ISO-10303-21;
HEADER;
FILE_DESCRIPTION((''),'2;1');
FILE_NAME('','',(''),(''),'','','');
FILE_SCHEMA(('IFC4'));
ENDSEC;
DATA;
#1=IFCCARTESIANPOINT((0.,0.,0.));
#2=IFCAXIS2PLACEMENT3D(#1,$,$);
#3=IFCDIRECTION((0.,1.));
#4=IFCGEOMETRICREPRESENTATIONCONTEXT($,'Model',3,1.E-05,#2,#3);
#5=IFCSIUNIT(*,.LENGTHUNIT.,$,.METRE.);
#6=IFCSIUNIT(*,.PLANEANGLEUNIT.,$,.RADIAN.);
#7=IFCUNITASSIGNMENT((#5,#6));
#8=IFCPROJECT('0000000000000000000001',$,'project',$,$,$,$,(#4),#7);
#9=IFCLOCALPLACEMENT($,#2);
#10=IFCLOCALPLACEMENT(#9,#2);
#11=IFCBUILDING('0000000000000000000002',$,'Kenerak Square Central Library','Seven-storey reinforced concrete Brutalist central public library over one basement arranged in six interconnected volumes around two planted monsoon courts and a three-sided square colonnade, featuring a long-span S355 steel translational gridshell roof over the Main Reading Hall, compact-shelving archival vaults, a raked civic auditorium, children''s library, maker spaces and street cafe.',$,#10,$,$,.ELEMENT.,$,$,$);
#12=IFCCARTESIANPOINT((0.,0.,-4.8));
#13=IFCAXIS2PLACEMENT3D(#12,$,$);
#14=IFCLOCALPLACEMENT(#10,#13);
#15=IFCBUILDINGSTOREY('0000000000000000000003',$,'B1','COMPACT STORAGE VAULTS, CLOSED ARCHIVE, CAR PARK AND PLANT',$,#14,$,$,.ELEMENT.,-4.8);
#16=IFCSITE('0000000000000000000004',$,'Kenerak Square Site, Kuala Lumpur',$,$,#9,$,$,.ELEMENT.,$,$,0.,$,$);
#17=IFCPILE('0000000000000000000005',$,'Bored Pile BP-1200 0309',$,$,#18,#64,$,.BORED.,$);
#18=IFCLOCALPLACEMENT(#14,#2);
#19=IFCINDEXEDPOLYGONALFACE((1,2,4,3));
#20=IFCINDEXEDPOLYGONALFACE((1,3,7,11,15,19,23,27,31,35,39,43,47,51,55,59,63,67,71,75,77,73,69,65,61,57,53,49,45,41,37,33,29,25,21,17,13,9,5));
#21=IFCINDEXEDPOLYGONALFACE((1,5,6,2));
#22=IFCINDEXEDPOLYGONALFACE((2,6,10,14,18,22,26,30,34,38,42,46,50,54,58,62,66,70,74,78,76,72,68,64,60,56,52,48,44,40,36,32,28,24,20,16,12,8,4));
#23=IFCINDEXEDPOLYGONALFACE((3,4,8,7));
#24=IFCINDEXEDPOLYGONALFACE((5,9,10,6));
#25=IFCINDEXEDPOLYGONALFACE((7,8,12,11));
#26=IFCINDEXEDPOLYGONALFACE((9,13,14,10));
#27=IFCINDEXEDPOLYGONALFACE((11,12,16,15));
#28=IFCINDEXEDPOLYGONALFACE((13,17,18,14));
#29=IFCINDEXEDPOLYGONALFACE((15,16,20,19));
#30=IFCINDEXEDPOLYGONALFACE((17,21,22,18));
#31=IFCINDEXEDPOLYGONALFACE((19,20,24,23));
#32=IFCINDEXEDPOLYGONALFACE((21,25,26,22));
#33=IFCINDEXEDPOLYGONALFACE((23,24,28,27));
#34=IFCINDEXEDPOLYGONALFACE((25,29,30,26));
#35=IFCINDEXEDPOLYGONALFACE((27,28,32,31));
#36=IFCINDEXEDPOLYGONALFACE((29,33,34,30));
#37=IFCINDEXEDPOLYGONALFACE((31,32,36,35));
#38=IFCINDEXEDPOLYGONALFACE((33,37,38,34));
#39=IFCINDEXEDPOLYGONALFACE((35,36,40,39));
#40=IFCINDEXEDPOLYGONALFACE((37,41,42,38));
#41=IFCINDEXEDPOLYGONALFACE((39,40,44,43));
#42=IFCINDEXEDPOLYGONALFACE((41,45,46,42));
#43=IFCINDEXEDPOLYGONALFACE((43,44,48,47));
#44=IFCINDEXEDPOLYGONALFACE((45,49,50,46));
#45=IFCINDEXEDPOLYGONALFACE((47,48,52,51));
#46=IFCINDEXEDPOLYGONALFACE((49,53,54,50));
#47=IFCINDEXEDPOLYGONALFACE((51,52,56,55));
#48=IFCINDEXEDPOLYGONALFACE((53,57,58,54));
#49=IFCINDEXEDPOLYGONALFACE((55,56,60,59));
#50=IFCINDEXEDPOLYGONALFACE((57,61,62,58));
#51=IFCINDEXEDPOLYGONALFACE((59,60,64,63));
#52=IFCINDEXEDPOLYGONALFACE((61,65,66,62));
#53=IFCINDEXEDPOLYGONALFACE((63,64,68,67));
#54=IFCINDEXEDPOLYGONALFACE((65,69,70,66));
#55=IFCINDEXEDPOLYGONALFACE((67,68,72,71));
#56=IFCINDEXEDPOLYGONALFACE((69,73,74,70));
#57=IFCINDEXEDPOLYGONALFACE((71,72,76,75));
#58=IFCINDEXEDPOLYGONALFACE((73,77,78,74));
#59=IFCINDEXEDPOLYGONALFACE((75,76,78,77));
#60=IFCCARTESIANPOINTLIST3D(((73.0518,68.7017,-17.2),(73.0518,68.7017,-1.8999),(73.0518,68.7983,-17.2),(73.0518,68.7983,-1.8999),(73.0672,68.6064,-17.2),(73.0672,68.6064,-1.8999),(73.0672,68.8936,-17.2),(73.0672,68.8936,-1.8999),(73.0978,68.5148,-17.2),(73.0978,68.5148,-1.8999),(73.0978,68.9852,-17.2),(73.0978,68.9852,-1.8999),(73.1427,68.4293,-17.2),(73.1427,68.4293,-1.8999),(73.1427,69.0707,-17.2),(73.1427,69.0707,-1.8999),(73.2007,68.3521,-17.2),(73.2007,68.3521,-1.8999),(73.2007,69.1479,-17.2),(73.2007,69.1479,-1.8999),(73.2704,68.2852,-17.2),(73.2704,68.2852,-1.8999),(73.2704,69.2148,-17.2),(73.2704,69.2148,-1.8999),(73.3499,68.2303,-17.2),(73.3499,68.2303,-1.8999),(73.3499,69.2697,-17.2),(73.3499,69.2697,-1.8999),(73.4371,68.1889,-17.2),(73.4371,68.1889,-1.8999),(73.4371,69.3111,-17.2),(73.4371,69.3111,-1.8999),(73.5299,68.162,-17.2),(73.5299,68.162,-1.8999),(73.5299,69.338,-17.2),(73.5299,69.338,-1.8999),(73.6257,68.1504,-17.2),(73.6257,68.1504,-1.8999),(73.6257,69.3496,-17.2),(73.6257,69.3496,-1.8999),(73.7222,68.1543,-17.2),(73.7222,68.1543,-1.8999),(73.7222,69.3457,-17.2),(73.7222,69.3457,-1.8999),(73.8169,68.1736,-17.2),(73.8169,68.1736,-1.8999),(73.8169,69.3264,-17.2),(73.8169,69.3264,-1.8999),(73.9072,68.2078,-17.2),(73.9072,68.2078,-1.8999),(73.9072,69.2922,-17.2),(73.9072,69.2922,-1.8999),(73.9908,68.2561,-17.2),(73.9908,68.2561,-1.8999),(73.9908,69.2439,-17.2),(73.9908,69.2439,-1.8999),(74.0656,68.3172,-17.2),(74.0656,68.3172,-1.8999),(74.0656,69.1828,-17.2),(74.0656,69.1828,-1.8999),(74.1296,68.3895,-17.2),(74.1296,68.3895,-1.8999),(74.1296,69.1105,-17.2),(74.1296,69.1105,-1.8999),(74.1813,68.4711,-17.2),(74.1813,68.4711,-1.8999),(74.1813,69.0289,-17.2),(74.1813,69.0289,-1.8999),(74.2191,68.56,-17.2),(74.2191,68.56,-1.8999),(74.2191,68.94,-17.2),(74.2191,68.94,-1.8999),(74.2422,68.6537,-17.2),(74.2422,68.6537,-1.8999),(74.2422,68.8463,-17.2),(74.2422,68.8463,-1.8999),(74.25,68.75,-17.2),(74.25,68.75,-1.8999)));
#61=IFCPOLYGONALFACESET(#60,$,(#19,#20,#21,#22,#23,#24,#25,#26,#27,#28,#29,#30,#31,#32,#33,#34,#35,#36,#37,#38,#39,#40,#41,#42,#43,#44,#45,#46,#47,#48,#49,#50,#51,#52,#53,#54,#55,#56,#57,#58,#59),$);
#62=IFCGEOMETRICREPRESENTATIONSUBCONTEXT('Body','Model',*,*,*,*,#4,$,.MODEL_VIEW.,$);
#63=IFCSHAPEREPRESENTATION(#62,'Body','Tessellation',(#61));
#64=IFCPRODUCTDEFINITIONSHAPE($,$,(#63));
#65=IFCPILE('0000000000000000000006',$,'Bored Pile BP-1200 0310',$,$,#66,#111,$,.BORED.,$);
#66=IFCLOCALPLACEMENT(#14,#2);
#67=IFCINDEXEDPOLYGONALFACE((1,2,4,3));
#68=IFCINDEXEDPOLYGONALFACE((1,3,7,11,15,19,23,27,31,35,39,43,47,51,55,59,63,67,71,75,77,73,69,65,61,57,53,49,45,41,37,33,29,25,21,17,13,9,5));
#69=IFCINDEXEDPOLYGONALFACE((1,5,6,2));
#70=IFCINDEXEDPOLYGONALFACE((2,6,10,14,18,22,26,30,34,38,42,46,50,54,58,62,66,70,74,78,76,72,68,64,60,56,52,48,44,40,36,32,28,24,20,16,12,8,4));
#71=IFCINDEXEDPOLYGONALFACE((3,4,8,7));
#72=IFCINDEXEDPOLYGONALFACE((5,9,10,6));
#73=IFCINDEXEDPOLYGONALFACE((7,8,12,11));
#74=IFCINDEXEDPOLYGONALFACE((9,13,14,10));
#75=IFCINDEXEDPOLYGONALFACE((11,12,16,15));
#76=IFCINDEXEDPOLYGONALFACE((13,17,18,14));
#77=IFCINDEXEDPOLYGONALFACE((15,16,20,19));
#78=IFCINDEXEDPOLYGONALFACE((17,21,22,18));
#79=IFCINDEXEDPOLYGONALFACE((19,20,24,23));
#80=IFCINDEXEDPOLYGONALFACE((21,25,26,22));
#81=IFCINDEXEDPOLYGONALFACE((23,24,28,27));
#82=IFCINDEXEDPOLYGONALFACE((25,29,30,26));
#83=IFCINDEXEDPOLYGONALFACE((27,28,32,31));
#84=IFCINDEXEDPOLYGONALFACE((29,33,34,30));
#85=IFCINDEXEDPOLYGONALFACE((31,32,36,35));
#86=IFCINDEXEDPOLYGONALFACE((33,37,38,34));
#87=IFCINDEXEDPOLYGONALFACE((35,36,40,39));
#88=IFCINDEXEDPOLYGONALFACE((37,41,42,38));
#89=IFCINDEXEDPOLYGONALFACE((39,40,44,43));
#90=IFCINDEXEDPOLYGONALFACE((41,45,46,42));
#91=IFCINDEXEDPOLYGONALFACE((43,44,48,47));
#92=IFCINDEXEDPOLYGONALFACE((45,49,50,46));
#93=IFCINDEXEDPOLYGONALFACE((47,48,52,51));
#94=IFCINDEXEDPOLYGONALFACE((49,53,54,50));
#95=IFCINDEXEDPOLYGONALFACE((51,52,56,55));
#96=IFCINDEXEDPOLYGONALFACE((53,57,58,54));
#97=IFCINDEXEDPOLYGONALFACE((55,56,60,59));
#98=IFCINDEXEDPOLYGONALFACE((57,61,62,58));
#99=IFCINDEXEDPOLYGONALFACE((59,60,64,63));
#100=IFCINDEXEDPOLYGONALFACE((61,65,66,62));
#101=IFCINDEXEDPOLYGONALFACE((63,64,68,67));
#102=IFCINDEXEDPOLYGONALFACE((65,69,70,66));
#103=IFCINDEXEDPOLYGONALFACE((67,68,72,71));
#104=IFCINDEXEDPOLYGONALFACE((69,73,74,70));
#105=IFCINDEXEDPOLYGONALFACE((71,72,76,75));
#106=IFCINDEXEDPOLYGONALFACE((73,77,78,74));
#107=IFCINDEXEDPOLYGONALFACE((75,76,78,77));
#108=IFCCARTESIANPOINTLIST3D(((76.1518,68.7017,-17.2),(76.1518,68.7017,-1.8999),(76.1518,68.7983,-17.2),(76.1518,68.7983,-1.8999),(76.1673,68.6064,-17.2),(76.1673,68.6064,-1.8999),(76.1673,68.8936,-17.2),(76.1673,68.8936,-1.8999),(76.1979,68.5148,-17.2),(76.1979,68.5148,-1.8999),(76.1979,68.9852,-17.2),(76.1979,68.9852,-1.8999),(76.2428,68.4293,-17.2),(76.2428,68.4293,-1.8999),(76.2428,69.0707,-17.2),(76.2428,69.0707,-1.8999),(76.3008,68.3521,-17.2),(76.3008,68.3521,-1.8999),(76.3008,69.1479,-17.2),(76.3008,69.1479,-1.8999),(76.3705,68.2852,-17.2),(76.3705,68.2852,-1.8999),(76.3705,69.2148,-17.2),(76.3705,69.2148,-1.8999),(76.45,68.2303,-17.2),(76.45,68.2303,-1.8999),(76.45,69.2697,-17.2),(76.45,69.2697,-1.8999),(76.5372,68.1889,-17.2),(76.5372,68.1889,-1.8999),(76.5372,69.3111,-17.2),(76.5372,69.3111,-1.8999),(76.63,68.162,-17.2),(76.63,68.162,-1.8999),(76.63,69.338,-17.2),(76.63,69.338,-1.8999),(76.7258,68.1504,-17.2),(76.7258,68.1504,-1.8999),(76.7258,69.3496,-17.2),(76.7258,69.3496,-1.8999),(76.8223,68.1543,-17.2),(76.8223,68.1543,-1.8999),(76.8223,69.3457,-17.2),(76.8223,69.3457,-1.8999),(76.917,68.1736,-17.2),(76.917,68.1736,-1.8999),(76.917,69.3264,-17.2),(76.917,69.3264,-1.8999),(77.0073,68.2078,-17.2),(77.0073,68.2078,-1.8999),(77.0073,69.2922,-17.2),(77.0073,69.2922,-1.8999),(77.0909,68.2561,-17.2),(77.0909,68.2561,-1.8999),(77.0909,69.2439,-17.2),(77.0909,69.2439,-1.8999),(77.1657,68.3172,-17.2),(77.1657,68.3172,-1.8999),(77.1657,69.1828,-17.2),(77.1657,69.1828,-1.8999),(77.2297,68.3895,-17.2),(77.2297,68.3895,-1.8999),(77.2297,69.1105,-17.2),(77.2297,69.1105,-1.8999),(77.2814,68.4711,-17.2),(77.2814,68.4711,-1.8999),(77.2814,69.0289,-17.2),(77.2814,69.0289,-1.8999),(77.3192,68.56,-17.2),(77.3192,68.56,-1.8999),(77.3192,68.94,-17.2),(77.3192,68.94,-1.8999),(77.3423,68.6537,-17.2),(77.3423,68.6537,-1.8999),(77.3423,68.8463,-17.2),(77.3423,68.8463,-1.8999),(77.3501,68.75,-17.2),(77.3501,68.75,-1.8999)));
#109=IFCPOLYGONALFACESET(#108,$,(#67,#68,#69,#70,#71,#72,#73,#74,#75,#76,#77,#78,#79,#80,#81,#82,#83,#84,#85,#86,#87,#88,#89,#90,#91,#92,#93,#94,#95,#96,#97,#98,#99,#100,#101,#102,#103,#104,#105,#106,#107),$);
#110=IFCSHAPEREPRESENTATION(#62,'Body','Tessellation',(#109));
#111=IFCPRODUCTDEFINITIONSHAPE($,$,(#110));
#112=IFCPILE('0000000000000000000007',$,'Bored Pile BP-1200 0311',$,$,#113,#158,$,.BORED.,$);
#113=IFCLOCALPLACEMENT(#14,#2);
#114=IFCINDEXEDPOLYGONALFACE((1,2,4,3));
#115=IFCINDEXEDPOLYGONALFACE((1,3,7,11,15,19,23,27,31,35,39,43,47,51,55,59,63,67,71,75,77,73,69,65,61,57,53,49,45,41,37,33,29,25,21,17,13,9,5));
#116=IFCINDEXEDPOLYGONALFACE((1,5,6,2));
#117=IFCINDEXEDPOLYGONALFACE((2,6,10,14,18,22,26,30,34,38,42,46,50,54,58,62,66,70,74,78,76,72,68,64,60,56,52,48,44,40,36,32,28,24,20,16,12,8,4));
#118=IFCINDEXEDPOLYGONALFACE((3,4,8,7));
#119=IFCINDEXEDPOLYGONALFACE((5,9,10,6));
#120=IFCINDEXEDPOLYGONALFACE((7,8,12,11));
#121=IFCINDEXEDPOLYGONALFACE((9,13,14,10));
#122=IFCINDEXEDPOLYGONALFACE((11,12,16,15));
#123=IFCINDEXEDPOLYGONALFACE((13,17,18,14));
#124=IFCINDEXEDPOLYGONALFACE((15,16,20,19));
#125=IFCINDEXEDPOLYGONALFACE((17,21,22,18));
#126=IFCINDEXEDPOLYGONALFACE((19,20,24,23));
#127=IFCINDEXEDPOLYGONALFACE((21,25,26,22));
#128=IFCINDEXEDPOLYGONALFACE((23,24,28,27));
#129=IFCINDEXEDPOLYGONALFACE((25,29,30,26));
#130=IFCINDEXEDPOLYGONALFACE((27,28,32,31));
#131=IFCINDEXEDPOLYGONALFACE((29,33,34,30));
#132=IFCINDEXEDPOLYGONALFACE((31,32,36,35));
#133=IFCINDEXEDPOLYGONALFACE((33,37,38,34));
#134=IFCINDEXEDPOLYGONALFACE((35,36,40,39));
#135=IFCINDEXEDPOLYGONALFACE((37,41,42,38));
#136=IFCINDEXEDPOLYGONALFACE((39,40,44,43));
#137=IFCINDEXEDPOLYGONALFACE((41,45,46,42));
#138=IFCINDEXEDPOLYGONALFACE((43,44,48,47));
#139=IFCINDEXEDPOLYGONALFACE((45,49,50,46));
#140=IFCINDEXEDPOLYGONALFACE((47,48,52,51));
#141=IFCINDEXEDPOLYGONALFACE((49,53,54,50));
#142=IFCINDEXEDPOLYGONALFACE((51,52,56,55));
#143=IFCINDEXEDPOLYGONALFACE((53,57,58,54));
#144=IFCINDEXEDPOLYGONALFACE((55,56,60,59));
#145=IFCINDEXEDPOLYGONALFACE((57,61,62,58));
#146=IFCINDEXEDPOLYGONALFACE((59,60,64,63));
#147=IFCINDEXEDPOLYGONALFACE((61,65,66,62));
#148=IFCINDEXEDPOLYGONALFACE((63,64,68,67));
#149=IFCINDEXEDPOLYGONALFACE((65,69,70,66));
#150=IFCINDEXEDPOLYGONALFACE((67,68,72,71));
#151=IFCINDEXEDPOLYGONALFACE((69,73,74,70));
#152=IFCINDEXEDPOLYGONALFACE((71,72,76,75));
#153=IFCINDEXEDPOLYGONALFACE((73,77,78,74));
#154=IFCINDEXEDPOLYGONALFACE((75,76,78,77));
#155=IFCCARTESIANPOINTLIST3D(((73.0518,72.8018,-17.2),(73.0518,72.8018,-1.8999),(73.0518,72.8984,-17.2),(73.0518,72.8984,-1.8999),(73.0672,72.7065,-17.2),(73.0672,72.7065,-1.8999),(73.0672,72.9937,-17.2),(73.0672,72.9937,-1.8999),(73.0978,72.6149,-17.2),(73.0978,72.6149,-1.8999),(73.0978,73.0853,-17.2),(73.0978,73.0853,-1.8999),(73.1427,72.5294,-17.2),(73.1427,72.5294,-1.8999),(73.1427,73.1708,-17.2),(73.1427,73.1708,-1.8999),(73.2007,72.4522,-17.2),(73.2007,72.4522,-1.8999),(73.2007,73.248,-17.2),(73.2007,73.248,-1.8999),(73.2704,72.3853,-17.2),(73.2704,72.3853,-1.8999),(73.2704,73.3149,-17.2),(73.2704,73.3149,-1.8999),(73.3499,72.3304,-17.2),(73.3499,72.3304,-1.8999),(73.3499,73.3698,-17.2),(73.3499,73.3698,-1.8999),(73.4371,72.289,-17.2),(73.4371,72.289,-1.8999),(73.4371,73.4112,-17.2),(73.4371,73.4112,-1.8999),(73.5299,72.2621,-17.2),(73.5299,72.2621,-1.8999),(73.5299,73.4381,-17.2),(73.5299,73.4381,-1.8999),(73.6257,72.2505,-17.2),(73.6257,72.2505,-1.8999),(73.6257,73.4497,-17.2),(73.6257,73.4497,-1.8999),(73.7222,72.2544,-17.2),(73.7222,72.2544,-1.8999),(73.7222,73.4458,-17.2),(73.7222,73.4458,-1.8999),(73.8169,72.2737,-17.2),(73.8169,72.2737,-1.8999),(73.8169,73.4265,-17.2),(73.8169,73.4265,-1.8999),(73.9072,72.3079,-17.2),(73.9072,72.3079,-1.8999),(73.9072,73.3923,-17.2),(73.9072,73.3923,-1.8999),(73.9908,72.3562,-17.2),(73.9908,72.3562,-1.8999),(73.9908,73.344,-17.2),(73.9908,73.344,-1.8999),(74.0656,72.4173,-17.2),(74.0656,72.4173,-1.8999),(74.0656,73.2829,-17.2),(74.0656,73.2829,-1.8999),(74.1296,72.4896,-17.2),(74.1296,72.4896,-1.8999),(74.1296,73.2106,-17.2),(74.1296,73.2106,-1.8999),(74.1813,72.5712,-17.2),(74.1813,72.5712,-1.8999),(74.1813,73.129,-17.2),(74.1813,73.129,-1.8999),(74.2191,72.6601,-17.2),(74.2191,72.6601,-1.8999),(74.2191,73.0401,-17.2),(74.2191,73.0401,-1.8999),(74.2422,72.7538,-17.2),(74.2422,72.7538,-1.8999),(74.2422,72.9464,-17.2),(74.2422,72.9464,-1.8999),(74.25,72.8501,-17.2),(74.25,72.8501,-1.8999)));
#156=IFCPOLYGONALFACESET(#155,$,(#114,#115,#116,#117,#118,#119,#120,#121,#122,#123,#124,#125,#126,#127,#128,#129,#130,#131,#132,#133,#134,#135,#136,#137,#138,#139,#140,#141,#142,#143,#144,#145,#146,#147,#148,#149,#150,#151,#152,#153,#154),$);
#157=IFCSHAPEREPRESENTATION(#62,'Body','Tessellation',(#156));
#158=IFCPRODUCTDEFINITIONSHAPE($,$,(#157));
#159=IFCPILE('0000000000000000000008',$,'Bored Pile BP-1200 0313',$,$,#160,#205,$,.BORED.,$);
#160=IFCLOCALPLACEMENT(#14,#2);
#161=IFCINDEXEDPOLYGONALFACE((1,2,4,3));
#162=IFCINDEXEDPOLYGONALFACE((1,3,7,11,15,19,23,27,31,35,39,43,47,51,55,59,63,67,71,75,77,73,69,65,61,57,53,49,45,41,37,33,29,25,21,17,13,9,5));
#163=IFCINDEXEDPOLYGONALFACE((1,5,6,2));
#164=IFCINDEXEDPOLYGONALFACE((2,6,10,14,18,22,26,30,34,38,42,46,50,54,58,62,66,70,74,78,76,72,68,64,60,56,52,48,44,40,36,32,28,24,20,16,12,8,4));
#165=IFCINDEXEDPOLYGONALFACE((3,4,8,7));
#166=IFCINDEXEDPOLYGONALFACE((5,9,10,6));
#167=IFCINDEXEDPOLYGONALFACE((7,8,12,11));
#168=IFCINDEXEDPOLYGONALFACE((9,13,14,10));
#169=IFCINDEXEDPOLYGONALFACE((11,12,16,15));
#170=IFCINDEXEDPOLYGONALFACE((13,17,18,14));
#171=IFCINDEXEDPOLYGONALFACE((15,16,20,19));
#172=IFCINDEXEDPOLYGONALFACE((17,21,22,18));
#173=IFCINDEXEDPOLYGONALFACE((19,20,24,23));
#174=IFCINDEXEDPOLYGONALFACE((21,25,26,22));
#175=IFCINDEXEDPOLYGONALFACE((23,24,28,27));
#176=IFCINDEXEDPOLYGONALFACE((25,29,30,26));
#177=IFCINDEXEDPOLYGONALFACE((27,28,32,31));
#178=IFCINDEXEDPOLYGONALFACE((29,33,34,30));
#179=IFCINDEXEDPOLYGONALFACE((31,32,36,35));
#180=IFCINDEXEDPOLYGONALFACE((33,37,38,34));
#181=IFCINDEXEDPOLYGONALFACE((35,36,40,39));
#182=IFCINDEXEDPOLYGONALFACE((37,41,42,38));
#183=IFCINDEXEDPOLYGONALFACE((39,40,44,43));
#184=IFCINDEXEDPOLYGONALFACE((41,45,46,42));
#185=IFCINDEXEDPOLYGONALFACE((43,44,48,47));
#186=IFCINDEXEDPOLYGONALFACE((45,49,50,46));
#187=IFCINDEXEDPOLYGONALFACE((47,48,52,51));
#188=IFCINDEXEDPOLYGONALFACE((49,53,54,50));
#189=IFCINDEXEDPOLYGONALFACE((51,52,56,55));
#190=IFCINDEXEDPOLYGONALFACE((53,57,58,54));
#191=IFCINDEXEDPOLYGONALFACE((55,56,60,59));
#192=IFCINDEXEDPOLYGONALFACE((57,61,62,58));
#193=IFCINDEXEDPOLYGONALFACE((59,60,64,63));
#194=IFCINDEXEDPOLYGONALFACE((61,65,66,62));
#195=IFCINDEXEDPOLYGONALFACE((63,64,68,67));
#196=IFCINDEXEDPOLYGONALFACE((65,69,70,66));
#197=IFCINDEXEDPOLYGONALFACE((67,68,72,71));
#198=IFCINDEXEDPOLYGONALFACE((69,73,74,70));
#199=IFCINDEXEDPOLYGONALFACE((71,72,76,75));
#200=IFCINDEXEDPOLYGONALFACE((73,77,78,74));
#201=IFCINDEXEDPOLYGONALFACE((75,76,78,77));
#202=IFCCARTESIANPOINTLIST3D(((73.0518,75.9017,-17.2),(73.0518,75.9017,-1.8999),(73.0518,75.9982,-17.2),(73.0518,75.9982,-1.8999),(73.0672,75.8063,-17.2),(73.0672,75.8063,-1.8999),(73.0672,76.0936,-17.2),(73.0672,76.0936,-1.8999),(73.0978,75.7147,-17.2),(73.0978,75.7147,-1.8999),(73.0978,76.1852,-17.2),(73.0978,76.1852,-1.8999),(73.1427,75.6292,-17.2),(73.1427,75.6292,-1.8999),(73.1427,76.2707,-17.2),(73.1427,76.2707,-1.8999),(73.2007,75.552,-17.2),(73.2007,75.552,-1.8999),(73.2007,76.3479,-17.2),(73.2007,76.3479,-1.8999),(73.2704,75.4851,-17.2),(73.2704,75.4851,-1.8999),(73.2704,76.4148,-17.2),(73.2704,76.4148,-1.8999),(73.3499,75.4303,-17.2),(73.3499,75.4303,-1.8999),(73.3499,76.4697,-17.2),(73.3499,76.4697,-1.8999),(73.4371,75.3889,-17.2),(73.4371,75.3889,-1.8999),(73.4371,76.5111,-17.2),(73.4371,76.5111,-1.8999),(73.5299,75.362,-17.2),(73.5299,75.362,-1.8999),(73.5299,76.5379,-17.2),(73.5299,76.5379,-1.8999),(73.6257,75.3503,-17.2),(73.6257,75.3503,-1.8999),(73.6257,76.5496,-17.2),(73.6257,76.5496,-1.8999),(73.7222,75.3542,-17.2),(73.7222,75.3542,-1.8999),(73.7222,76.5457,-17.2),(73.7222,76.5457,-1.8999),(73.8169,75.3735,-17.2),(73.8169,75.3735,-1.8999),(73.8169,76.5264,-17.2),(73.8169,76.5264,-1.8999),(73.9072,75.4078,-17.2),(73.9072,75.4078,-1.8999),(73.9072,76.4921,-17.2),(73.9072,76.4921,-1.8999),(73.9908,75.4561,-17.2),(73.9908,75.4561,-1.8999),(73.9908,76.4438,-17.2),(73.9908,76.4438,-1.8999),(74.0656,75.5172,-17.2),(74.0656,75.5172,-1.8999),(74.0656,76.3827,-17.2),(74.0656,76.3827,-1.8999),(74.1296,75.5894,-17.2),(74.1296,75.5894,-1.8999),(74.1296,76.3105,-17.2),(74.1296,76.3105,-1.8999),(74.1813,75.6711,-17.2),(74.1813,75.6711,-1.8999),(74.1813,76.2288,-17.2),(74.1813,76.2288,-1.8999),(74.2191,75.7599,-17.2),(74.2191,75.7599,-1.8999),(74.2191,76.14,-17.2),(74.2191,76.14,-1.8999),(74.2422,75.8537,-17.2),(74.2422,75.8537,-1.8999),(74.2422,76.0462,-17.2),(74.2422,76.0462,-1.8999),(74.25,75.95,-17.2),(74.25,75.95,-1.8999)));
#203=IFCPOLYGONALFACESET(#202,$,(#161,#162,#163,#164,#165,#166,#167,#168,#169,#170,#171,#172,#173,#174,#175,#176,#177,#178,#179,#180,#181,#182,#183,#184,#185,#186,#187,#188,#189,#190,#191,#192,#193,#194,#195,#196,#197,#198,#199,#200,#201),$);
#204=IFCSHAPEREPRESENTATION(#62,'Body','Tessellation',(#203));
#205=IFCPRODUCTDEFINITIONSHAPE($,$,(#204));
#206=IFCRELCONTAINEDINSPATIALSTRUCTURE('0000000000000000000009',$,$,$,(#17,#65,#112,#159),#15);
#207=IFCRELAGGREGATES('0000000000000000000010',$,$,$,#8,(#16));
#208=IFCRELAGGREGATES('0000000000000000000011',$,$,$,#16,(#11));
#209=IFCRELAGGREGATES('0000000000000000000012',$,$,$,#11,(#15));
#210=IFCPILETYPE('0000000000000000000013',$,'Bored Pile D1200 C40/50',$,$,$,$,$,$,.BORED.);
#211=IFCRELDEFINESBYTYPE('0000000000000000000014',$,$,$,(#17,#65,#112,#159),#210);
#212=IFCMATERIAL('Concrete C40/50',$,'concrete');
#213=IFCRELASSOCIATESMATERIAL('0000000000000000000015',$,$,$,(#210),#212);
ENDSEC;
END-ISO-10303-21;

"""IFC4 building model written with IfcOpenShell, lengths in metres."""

from ifc_helpers import new_model, si_unit, direction, frame, origin, origin_2d, place, context, subcontext, project, spatial, circle, extrude, material, material_profile, profile_set, type_object, element, save


model = new_model("IFC4")

# Units and contexts
model_context = context("Model", 3, precision=1e-05, world=origin(), true_north=direction((0.0, 1.0)))
body_context = subcontext(model_context, "Body", "Model", "MODEL_VIEW")
ifc_project = project(units=[si_unit("LENGTHUNIT", "METRE"), si_unit("PLANEANGLEUNIT", "RADIAN")], contexts=[model_context])

# Site, building, storey
site_placement = place(None, origin())
site = spatial("IfcSite", under=ifc_project, at=site_placement, Name="Kenerak Square Site, Kuala Lumpur", CompositionType="ELEMENT", RefElevation=0.0)
building_placement = place(site_placement, origin())
building = spatial("IfcBuilding", under=site, at=building_placement, Name="Kenerak Square Central Library", Description="Seven-storey reinforced concrete Brutalist central public library over one basement arranged in six interconnected volumes around two planted monsoon courts and a three-sided square colonnade, featuring a long-span S355 steel translational gridshell roof over the Main Reading Hall, compact-shelving archival vaults, a raked civic auditorium, children's library, maker spaces and street cafe.", CompositionType="ELEMENT")
storey_placement = place(building_placement, frame((0.0, 0.0, -4.8)))
storey = spatial("IfcBuildingStorey", under=building, at=storey_placement, Name="B1", Description="COMPACT STORAGE VAULTS, CLOSED ARCHIVE, CAR PARK AND PLANT", CompositionType="ELEMENT", Elevation=-4.8)

# Piles
ifc_material_1 = material(Name="Concrete C40/50", Category="concrete")
ifc_material_profile_1 = material_profile(ifc_material_1, circle(Radius=0.6001, at=origin_2d()), Name="BP D1200")
ifc_profile_set_1 = profile_set([ifc_material_profile_1], Name="Concrete C40/50")
pile_type_1 = type_object("IfcPileType", Name="Bored Pile D1200 C40/50", PredefinedType="BORED", material=ifc_profile_set_1)
for number, where, z_axis, x_axis, name in (
    (1, (73.6499, 68.75, -1.8999), (0.0, 0.0, -1.0), (1.0, 0.0, 0.0), "Bored Pile BP-1200 0309"),
    (2, (76.75, 68.75, -1.8999), (0.0, 0.0, -1.0), (1.0, 0.0, 0.0), "Bored Pile BP-1200 0310"),
    (3, (73.6499, 72.8501, -1.8999), (0.0, 0.0, -1.0), (1.0, 0.0, 0.0), "Bored Pile BP-1200 0311"),
    (4, (73.6499, 75.95, -1.8999), (0.0, 0.0, -1.0), (1.0, 0.0, 0.0), "Bored Pile BP-1200 0313"),
):
    element("IfcPile", number, at=place(storey_placement, frame(where, z_axis=z_axis, x_axis=x_axis)), inside=storey, type_object=pile_type_1, Name=name, PredefinedType="BORED", context=body_context, shape_type="SweptSolid", body=[
        extrude(circle(Radius=0.6001, at=origin_2d()), origin(), (0.0, 0.0, 1.0), 15.3),
    ])

save(model, "model.ifc")
